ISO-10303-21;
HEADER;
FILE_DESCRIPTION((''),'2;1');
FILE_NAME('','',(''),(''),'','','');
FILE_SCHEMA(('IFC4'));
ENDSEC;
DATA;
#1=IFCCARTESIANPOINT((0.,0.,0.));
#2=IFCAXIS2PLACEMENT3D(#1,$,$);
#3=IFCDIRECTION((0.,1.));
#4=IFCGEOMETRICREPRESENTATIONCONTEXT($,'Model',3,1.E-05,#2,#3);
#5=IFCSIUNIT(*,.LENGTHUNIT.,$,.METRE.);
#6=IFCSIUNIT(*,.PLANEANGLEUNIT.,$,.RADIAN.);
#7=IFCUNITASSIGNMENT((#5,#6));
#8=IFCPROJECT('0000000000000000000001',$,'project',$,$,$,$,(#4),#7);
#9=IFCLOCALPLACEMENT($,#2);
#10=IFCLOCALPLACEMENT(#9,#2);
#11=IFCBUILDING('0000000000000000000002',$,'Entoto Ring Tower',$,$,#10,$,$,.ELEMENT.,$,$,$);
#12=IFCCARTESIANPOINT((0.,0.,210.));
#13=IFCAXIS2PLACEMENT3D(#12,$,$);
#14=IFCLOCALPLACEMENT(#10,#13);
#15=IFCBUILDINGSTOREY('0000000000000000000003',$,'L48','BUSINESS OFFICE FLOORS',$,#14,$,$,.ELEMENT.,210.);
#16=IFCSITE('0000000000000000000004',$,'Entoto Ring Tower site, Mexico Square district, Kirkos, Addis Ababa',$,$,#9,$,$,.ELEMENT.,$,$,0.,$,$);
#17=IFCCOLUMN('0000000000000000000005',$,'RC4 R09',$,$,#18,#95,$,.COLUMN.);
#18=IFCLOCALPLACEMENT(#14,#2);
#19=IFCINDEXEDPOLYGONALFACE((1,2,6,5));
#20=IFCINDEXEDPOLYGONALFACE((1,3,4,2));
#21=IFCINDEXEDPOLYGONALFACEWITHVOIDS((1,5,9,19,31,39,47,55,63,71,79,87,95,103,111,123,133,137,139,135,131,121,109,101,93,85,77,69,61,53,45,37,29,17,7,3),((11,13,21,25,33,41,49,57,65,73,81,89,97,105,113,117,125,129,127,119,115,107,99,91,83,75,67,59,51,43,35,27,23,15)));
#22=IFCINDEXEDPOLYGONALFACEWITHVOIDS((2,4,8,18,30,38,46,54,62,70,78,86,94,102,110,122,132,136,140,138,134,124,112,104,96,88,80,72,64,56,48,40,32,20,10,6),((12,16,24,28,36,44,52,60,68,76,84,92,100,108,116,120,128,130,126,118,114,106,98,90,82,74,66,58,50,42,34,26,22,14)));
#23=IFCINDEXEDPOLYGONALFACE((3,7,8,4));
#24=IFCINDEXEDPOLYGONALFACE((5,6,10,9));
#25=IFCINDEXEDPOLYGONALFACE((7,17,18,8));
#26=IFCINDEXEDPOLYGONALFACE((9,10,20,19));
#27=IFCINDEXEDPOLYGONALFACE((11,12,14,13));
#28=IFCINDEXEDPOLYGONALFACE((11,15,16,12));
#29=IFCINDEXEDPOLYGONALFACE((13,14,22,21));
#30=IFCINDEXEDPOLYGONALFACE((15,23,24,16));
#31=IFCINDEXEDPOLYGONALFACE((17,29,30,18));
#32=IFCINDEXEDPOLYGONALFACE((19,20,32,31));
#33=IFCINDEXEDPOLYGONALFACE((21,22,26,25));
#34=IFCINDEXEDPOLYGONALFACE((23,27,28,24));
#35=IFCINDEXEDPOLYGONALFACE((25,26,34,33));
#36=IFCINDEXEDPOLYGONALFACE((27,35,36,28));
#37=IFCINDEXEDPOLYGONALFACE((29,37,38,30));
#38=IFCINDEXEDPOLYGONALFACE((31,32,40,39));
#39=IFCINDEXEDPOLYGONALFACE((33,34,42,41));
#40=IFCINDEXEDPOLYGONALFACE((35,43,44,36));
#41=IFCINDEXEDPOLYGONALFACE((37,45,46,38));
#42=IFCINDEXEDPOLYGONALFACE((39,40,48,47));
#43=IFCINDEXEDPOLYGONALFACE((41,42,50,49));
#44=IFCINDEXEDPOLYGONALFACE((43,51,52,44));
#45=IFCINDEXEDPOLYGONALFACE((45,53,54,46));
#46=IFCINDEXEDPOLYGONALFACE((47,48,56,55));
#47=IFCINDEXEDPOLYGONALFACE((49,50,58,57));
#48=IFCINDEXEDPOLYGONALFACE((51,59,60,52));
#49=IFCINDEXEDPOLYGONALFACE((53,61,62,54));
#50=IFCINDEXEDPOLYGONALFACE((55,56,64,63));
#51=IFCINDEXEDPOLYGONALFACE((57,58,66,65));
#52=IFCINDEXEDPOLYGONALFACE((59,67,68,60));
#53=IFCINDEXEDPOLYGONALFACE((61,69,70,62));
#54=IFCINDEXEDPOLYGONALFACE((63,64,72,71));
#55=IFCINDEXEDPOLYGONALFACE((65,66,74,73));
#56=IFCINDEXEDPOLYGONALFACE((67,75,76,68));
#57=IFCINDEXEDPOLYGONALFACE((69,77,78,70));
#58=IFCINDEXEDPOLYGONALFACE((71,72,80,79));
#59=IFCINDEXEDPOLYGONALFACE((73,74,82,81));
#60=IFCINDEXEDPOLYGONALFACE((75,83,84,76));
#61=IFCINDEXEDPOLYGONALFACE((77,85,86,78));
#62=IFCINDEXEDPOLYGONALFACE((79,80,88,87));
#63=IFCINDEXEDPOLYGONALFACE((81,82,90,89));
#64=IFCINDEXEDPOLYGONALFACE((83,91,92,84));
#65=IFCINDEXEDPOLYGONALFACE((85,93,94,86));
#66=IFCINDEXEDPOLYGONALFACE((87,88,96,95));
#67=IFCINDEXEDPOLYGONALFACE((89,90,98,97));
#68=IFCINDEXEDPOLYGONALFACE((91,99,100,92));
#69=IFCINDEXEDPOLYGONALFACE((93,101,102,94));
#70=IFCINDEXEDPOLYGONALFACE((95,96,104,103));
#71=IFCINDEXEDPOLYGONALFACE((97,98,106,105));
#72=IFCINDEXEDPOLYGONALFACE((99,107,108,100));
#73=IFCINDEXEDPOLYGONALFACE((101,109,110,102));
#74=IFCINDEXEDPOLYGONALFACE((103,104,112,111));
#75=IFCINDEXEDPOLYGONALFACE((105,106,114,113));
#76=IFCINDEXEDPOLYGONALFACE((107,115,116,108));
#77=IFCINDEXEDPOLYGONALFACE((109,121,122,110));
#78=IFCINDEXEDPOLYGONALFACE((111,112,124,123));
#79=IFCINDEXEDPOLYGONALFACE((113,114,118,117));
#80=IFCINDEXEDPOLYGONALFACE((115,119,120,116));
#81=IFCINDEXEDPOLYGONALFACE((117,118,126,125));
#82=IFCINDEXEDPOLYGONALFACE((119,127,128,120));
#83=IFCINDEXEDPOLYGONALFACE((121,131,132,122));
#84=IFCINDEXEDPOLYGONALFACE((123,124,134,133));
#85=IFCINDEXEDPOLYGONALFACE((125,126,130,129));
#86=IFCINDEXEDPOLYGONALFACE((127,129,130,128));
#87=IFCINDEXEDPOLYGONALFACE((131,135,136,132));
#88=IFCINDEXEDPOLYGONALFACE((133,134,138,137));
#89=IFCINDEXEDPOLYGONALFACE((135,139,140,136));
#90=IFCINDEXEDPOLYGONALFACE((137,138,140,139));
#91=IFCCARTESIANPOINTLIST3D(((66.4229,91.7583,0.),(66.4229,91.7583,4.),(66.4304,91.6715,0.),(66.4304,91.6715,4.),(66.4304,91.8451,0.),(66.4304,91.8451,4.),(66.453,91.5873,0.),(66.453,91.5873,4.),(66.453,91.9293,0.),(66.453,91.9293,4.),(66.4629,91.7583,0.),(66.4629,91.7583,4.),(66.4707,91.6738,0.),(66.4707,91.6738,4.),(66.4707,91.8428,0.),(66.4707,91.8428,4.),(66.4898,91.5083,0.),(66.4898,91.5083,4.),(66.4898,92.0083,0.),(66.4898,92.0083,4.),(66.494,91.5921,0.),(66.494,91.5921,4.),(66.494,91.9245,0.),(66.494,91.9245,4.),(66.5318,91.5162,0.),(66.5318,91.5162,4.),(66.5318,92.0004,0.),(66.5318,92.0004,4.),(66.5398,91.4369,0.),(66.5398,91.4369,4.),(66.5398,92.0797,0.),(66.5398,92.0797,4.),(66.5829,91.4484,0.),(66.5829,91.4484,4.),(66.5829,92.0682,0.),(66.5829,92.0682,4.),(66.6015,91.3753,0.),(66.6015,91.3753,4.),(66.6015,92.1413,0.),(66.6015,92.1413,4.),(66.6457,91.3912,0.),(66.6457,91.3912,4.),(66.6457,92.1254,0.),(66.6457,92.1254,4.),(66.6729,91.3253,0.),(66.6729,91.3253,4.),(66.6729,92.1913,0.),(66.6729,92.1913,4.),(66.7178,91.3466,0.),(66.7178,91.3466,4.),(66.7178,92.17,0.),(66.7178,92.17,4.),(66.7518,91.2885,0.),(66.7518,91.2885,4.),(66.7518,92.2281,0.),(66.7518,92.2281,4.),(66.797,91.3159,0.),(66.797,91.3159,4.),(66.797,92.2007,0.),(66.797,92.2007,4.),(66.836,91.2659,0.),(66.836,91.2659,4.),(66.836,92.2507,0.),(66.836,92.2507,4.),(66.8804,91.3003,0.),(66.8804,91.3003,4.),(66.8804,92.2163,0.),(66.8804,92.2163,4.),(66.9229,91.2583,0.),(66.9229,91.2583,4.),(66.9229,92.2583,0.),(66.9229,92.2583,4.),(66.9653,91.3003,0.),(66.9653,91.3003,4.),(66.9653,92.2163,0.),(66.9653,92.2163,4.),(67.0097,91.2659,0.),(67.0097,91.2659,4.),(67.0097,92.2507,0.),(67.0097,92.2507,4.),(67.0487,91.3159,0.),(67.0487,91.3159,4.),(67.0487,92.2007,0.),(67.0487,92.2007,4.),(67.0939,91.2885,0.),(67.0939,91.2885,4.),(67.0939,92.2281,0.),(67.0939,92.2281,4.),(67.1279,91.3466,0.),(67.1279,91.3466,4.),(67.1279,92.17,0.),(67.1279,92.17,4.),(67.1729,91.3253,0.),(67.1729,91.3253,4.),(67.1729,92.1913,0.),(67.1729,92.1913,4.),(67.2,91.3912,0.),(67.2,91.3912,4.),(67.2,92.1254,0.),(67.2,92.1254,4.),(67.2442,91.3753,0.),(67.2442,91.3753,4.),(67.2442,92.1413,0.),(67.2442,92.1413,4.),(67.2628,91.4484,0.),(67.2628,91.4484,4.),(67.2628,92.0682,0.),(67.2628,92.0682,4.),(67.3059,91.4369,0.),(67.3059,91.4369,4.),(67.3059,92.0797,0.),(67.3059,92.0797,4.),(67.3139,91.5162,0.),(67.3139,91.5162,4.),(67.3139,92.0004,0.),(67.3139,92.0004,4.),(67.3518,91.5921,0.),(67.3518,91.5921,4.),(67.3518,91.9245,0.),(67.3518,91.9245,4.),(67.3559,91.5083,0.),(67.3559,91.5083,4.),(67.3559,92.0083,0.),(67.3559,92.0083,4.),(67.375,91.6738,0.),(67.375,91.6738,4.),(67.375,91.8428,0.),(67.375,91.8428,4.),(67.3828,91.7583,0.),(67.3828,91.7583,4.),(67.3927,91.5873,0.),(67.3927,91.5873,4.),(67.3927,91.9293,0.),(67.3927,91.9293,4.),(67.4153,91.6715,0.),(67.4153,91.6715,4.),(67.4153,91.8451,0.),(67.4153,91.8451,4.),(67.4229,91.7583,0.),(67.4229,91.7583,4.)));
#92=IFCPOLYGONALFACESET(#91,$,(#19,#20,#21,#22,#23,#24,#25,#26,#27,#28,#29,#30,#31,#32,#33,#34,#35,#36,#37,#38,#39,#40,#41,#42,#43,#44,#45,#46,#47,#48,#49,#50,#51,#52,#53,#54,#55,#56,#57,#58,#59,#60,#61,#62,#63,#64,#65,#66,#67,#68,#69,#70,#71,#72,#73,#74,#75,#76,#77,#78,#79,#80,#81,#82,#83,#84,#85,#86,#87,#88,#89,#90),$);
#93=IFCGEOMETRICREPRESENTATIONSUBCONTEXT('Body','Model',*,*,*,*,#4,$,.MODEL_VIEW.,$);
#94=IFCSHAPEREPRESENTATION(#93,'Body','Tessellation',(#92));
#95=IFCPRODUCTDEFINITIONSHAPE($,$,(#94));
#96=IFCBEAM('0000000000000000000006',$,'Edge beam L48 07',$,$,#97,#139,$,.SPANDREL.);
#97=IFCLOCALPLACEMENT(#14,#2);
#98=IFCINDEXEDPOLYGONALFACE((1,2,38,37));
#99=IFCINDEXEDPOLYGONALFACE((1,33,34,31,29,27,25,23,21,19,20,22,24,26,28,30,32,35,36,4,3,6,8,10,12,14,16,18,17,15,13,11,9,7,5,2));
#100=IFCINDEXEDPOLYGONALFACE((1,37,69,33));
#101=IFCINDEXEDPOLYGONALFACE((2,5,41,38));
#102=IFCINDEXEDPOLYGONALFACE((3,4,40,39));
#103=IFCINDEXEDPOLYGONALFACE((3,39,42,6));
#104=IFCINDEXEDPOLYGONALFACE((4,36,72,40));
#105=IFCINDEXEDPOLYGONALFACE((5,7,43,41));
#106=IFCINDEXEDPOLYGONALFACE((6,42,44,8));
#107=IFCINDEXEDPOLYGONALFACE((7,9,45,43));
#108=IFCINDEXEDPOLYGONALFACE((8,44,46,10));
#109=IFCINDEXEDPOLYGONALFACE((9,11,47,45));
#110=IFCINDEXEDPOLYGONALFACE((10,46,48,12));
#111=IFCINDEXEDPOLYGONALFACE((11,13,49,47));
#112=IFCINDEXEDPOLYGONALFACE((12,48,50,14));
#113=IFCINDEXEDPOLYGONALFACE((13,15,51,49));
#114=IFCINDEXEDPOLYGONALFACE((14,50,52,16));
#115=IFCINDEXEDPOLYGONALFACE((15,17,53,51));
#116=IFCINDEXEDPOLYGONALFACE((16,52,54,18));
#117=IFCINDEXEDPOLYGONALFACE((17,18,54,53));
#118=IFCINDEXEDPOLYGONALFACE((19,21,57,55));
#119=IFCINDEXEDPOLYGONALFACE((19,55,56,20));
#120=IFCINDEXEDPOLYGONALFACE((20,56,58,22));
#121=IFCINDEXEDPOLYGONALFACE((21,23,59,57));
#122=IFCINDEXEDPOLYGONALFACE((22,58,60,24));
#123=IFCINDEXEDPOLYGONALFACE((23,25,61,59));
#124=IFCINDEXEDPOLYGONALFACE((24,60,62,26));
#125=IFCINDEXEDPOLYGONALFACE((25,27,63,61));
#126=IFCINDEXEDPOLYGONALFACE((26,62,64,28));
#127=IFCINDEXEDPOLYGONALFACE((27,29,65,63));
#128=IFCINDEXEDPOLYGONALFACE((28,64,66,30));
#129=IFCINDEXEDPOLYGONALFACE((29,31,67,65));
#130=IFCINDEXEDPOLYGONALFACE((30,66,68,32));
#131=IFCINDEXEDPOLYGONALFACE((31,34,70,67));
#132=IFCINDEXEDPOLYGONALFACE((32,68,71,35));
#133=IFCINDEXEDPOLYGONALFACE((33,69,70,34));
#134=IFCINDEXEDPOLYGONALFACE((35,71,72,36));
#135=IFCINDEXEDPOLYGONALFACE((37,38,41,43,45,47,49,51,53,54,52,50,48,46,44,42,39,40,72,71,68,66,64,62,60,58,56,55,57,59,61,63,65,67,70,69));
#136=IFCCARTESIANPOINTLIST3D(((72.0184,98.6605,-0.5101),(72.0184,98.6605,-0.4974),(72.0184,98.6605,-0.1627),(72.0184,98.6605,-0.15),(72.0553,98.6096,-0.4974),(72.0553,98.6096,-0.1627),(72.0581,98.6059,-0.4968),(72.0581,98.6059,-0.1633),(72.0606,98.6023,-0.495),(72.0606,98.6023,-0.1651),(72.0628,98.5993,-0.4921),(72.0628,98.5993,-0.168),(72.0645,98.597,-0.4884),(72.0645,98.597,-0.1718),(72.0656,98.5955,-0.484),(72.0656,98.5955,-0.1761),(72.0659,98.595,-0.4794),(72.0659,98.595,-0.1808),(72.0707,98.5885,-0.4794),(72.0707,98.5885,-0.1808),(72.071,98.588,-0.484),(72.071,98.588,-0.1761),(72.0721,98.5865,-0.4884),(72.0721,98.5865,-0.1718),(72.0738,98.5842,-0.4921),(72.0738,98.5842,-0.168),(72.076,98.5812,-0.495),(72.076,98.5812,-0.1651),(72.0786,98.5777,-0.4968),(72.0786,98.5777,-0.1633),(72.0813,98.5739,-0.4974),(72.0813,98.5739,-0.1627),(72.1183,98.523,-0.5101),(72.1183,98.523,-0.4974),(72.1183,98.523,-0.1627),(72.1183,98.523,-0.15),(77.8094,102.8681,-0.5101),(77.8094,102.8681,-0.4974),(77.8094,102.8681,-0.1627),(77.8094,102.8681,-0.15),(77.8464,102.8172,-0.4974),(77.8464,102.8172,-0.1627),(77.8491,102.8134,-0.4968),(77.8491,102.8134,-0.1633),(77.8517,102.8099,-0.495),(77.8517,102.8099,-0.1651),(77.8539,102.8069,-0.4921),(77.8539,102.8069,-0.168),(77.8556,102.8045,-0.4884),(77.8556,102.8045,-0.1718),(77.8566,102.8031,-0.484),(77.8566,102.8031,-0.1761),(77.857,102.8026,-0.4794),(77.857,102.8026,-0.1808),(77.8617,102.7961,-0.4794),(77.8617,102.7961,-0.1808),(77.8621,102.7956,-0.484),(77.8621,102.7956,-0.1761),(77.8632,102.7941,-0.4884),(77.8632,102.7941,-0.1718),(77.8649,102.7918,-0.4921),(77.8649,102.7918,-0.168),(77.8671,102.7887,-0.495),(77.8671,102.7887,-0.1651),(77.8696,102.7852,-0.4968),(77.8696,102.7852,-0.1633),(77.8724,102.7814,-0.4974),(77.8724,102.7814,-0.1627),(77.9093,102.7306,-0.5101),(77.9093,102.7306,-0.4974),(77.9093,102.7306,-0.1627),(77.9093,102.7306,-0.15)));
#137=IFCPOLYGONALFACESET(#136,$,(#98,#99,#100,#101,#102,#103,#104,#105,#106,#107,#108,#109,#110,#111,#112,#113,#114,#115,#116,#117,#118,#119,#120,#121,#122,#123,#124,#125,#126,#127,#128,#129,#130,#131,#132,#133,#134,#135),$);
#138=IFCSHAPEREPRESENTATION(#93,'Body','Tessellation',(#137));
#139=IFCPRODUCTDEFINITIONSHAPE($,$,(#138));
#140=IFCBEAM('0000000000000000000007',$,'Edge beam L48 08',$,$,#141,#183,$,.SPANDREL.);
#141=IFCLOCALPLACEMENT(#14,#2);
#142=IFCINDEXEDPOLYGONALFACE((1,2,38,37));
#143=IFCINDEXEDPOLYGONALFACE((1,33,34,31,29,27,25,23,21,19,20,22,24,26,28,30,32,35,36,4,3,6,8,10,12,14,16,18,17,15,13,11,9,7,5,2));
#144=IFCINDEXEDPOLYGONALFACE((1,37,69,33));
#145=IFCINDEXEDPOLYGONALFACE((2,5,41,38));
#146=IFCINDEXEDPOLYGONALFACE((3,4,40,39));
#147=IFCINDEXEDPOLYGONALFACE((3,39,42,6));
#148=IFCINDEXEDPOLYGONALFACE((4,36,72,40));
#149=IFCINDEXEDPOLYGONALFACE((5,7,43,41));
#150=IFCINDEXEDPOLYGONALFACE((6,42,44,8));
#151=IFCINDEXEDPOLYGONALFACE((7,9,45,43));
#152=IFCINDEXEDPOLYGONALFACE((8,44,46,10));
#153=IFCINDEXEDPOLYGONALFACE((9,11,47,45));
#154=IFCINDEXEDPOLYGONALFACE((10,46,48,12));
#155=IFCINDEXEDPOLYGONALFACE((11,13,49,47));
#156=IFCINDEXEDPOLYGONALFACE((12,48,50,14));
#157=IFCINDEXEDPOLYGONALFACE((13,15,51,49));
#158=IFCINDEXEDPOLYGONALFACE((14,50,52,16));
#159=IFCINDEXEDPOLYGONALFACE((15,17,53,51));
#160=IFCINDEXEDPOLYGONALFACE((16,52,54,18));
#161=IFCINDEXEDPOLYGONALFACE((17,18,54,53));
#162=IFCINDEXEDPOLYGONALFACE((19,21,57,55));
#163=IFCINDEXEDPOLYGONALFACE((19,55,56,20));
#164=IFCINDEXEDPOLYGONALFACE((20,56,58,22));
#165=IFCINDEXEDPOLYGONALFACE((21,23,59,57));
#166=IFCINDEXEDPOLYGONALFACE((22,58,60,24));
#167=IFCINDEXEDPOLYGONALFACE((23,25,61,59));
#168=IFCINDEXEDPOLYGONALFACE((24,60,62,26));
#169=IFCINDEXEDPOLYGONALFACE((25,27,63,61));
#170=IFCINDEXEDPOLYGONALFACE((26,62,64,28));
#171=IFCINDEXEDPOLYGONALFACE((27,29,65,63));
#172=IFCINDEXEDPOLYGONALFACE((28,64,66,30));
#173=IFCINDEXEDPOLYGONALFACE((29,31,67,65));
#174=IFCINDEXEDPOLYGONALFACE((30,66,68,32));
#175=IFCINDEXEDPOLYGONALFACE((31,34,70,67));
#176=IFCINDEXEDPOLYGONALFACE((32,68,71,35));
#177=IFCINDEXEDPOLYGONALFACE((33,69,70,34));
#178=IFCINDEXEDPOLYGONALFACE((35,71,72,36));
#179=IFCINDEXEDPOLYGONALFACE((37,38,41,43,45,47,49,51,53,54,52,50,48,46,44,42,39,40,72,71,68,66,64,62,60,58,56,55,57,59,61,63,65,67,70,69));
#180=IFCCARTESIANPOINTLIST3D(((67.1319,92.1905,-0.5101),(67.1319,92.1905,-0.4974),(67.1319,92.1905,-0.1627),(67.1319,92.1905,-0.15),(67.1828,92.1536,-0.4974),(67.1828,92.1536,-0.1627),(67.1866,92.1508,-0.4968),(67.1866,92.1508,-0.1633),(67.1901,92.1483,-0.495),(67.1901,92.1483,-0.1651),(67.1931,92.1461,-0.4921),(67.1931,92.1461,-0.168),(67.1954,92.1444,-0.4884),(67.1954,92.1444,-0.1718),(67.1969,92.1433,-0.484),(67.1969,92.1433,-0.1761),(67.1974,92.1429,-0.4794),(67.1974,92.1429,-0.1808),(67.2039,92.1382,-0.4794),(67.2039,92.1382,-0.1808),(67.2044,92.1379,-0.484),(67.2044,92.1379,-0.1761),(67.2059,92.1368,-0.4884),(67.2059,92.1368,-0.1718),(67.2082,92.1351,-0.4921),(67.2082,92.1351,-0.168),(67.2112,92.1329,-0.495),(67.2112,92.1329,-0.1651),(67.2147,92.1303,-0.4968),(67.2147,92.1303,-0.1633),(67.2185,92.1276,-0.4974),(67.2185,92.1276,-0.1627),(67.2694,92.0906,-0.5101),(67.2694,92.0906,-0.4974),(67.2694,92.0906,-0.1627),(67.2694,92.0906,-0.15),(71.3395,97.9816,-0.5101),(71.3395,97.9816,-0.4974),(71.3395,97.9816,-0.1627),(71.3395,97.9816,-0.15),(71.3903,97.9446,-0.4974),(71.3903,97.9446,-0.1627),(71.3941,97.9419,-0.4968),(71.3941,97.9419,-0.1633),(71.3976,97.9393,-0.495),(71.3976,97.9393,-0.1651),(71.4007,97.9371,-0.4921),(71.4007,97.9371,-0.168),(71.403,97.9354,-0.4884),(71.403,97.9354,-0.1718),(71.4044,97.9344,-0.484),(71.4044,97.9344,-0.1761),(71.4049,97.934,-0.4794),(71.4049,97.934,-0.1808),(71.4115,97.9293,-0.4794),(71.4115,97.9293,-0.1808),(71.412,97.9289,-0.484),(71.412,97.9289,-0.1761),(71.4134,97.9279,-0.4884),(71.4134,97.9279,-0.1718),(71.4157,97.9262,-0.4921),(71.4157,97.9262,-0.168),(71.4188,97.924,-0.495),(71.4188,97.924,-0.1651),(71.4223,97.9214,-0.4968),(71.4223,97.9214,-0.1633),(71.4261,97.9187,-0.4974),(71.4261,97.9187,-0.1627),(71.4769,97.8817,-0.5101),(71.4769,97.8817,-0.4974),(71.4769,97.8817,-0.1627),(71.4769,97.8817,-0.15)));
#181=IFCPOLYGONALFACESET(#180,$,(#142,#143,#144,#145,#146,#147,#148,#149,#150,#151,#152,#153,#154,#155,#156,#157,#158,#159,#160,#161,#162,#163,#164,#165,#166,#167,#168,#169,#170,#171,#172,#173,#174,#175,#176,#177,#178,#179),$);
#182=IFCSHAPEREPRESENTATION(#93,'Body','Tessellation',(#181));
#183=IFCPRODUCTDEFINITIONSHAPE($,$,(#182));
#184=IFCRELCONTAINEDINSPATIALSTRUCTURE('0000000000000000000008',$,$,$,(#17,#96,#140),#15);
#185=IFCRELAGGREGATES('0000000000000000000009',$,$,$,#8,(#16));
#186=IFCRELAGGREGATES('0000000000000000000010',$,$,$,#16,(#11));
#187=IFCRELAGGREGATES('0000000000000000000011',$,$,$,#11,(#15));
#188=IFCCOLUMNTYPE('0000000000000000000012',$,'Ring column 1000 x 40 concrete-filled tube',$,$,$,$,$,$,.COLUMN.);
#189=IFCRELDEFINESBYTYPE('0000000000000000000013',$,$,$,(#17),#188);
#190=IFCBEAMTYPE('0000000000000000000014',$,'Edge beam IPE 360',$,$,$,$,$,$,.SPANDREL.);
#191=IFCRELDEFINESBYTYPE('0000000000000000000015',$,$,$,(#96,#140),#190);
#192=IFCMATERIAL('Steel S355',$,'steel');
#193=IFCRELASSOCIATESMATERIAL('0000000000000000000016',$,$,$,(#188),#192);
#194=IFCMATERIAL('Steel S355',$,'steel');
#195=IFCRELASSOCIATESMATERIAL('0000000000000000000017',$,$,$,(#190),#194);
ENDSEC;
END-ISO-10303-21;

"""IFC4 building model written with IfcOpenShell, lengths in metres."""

from ifc_helpers import new_model, si_unit, direction, frame, origin, origin_2d, place, context, subcontext, project, spatial, circle, hollow_circle, i_section, extrude, material, material_profile, profile_set, type_object, element, save


model = new_model("IFC4")

# Units and contexts
model_context = context("Model", 3, precision=1e-05, world=origin(), true_north=direction((0.0, 1.0)))
body_context = subcontext(model_context, "Body", "Model", "MODEL_VIEW")
ifc_project = project(units=[si_unit("LENGTHUNIT", "METRE"), si_unit("PLANEANGLEUNIT", "RADIAN")], contexts=[model_context])

# Site, building, storey
site_placement = place(None, origin())
site = spatial("IfcSite", under=ifc_project, at=site_placement, Name="Entoto Ring Tower site, Mexico Square district, Kirkos, Addis Ababa", CompositionType="ELEMENT", RefElevation=0.0)
building_placement = place(site_placement, origin())
building = spatial("IfcBuilding", under=site, at=building_placement, Name="Entoto Ring Tower", CompositionType="ELEMENT")
storey_placement = place(building_placement, frame((0.0, 0.0, 210.0)))
storey = spatial("IfcBuildingStorey", under=building, at=storey_placement, Name="L48", Description="BUSINESS OFFICE FLOORS", CompositionType="ELEMENT", Elevation=210.0)

# Column
ifc_material_1 = material(Name="Steel S355", Category="steel")
ifc_material_profile_1 = material_profile(ifc_material_1, hollow_circle(Radius=0.5, WallThickness=0.04, at=origin_2d()), Name="CHS 1000 x 40")
ifc_material_2 = material(Name="Concrete C60/75", Category="concrete")
ifc_material_profile_2 = material_profile(ifc_material_2, circle(Radius=0.46, at=origin_2d()), Name="Concrete C60/75 infill")
ifc_profile_set_1 = profile_set([ifc_material_profile_1, ifc_material_profile_2], Name="Steel S355")
column_type = type_object("IfcColumnType", Name="Ring column 1000 x 40 concrete-filled tube", PredefinedType="COLUMN", material=ifc_profile_set_1)
for number, where, z_axis, x_axis, name in (
    (1, (66.9229, 91.7583, 0.0), (0.0, 0.0, 1.0), (1.0, 0.0, 0.0), "RC4 R09"),
):
    element("IfcColumn", number, at=place(storey_placement, frame(where, z_axis=z_axis, x_axis=x_axis)), inside=storey, type_object=column_type, Name=name, PredefinedType="COLUMN", context=body_context, shape_type="SweptSolid", body=[
        extrude(hollow_circle(Radius=0.5, WallThickness=0.04, at=origin_2d()), origin(), (0.0, 0.0, 1.0), 4.0),
    ])

# Beams
ifc_material_3 = material(Name="Steel S355", Category="steel")
ifc_material_profile_3 = material_profile(ifc_material_3, i_section(OverallWidth=0.1699, OverallDepth=0.3601, WebThickness=0.0081, FlangeThickness=0.0127, FilletRadius=0.0181, at=origin_2d()), Name="IPE 360")
ifc_profile_set_2 = profile_set([ifc_material_profile_3], Name="Steel S355")
beam_type_1 = type_object("IfcBeamType", Name="Edge beam IPE 360", PredefinedType="SPANDREL", material=ifc_profile_set_2)
for number, where, z_axis, x_axis, name in (
    (2, (77.8594, 102.7993, -0.3301), (-0.80901, -0.587794, 0.0), (0.587794, -0.80901, 0.0), "Edge beam L48 07"),
    (3, (71.4082, 97.9316, -0.3301), (-0.587794, -0.80901, 0.0), (0.80901, -0.587794, 0.0), "Edge beam L48 08"),
):
    element("IfcBeam", number, at=place(storey_placement, frame(where, z_axis=z_axis, x_axis=x_axis)), inside=storey, type_object=beam_type_1, Name=name, PredefinedType="SPANDREL", context=body_context, shape_type="SweptSolid", body=[
        extrude(i_section(OverallWidth=0.1699, OverallDepth=0.3601, WebThickness=0.0081, FlangeThickness=0.0127, FilletRadius=0.0181, at=origin_2d()), origin(), (0.0, 0.0, 1.0), 7.1582),
    ])

save(model, "model.ifc")
